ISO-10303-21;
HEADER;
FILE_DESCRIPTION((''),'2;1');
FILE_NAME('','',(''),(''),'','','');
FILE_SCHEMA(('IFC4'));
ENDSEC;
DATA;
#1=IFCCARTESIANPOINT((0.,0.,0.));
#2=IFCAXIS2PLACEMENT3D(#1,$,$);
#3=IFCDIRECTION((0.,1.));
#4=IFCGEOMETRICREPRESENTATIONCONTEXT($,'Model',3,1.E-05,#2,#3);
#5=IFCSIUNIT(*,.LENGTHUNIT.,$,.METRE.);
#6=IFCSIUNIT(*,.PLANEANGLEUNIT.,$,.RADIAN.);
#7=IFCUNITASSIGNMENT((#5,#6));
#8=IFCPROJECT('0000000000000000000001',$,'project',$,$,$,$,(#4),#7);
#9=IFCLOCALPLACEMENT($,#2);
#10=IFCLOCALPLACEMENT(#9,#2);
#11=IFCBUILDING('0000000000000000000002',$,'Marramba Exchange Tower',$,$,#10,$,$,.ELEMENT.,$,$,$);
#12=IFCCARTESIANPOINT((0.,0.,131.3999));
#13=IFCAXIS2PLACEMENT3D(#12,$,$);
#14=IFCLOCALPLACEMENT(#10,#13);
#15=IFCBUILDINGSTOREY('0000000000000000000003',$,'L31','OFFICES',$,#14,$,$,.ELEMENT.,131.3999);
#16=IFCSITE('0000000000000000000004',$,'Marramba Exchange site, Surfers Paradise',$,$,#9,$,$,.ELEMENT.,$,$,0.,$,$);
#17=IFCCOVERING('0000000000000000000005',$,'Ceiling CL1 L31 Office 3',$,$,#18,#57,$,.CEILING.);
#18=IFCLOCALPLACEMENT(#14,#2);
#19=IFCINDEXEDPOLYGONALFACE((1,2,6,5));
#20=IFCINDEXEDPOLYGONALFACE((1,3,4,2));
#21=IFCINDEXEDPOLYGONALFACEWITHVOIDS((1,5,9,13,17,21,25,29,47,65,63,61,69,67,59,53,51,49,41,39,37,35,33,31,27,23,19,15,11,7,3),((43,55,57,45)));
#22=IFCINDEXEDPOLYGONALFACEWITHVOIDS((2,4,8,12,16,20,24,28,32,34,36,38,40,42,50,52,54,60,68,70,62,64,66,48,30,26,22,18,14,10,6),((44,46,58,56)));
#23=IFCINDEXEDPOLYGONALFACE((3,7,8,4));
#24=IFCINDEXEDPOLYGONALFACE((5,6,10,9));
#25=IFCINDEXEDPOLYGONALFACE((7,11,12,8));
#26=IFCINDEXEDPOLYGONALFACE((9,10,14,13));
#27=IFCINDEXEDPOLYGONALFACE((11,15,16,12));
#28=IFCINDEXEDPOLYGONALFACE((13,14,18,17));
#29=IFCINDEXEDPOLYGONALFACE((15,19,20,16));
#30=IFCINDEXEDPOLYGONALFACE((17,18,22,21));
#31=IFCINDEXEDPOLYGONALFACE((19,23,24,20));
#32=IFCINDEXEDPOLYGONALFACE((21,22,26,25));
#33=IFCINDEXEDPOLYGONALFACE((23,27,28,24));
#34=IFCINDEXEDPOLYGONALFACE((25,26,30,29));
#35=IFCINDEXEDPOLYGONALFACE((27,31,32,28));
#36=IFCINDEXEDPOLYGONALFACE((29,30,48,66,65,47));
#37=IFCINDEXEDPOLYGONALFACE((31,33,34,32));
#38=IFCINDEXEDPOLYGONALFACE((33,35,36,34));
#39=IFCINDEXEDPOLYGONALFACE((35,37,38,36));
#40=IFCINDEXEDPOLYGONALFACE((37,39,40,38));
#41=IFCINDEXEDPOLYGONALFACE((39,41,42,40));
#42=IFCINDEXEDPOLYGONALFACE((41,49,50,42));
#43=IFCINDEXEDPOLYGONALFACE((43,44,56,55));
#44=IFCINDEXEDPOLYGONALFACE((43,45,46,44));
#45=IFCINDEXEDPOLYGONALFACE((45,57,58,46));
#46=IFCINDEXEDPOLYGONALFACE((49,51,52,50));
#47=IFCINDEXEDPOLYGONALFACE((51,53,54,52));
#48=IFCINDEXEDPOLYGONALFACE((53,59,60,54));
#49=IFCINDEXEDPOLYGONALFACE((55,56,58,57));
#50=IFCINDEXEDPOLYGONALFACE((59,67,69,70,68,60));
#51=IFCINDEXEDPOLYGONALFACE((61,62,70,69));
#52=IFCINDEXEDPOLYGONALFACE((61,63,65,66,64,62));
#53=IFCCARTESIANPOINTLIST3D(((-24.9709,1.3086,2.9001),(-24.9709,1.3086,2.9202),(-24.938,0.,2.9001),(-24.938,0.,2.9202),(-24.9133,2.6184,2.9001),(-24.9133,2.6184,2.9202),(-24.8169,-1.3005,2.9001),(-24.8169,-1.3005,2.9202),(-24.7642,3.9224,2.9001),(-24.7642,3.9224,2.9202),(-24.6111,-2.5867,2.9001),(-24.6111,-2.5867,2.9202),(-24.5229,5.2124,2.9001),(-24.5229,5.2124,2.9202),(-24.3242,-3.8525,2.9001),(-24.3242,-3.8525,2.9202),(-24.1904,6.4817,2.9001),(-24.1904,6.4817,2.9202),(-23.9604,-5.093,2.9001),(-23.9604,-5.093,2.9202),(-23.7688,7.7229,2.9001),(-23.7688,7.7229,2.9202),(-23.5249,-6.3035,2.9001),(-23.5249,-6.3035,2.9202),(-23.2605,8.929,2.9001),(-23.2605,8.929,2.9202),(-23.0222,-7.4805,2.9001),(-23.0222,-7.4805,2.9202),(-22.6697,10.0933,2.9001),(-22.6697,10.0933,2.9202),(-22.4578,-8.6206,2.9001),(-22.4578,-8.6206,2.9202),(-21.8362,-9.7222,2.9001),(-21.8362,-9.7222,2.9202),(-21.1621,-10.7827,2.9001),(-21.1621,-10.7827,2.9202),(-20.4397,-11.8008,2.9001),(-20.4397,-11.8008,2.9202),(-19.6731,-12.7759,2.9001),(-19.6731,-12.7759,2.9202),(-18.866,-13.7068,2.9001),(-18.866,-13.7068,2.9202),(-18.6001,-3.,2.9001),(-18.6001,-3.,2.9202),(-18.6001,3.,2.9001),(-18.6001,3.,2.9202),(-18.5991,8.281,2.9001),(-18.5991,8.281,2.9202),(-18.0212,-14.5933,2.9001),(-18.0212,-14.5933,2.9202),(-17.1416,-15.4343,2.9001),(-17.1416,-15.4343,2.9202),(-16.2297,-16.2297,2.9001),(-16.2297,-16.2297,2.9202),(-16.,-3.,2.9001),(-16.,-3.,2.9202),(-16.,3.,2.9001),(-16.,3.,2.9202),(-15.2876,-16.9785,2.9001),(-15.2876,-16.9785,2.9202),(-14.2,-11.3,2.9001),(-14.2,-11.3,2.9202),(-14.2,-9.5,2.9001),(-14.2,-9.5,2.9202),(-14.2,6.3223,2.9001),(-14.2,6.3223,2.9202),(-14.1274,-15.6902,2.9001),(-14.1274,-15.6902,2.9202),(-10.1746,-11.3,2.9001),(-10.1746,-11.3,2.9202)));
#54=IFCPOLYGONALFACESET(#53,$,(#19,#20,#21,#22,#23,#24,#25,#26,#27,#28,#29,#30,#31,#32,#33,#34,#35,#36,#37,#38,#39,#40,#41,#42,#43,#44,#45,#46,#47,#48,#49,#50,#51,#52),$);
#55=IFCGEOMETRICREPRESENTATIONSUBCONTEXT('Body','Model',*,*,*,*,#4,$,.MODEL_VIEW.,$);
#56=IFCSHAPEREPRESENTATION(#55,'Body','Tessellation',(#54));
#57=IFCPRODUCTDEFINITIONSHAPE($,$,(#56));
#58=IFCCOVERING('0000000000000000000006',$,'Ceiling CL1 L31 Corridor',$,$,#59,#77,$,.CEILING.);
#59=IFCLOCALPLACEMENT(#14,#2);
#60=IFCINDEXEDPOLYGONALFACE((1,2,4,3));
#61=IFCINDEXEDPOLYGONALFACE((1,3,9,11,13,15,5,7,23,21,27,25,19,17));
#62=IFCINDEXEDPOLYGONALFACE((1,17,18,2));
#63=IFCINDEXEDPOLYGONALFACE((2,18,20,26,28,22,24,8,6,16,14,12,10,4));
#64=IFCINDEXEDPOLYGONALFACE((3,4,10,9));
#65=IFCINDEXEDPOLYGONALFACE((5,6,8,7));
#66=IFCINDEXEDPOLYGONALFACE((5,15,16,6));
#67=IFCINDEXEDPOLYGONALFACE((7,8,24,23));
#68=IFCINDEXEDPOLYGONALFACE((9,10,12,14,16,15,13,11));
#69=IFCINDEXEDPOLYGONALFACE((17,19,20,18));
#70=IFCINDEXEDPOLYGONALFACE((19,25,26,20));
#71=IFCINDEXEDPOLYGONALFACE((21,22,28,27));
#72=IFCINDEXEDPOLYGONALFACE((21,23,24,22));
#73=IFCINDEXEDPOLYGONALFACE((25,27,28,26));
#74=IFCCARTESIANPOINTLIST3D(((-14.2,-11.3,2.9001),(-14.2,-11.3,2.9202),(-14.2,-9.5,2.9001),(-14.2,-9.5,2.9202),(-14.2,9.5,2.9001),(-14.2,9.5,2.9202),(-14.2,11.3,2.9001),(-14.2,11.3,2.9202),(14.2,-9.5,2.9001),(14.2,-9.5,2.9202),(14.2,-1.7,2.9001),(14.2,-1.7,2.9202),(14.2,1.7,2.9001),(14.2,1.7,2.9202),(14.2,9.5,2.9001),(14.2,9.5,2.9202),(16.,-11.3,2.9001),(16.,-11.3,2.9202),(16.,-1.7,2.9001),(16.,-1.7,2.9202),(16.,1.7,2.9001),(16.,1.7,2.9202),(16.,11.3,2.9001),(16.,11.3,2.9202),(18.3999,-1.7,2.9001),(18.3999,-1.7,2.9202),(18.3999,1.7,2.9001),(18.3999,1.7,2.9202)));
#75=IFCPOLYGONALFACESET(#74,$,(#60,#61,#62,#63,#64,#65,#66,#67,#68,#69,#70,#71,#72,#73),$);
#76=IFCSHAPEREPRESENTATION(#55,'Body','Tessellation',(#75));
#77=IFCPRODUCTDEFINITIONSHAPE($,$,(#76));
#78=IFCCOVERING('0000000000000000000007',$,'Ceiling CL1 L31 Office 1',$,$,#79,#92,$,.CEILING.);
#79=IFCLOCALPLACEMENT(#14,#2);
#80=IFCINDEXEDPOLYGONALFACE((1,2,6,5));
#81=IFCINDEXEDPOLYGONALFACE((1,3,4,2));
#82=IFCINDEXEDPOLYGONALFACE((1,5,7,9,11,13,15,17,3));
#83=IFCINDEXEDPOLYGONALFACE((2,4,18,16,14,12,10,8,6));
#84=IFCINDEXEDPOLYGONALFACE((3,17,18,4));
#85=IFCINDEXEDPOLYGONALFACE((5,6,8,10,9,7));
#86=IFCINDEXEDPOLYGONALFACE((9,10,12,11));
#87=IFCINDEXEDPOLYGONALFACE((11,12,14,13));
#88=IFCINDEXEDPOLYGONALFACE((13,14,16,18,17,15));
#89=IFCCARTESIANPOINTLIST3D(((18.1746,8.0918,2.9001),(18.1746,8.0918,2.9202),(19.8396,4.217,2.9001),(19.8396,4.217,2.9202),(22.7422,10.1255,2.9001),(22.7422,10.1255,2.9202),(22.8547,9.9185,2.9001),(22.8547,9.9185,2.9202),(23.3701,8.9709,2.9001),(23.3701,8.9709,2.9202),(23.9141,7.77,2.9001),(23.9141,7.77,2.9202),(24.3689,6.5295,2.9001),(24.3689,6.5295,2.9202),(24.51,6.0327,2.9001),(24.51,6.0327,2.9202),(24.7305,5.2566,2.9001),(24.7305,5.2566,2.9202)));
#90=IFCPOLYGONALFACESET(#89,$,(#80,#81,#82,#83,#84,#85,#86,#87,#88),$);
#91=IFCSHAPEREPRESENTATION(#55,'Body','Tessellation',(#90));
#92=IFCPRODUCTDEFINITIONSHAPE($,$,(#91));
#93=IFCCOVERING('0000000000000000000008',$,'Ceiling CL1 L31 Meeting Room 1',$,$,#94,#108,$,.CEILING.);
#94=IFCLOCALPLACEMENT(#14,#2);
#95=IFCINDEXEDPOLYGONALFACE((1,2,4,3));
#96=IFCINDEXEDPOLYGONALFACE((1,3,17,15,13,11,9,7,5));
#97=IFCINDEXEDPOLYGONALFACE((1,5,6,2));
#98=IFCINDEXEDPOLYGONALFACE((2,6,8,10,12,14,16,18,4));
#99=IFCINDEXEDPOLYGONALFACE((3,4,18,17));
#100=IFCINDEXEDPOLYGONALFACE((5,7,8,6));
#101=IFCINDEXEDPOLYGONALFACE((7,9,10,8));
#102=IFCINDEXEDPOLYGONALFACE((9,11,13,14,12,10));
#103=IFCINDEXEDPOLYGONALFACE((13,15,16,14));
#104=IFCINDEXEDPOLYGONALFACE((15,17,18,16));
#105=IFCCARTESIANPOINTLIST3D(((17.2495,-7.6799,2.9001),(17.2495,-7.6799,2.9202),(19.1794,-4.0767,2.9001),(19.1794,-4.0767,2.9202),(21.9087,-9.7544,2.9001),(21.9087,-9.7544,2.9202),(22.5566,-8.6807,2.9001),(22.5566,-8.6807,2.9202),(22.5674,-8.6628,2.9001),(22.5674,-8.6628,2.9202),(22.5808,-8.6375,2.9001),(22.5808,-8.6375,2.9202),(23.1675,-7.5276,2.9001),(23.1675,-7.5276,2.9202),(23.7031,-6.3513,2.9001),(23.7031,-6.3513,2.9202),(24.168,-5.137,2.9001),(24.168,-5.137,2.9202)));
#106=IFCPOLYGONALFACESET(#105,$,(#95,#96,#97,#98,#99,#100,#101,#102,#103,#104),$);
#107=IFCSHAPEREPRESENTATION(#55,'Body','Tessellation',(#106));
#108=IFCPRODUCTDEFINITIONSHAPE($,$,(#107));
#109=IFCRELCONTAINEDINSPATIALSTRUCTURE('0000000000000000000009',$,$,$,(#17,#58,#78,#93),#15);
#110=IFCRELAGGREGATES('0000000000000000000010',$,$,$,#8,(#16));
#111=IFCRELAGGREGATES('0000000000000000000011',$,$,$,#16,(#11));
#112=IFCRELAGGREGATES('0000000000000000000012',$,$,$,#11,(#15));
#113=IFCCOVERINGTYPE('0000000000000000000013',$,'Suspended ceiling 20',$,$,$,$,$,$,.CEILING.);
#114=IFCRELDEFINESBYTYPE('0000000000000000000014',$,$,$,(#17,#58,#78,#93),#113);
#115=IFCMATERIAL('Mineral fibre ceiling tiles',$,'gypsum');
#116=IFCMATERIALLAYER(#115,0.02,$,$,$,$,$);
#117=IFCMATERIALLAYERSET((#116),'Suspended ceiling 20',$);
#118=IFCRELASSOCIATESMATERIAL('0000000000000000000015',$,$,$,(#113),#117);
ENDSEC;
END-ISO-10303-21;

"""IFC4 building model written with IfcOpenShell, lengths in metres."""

from ifc_helpers import new_model, si_unit, direction, frame, origin, place, context, subcontext, project, spatial, polyline, outline, extrude, material, layer, layer_set, type_object, element, save


model = new_model("IFC4")

# Units and contexts
model_context = context("Model", 3, precision=1e-05, world=origin(), true_north=direction((0.0, 1.0)))
body_context = subcontext(model_context, "Body", "Model", "MODEL_VIEW")
ifc_project = project(units=[si_unit("LENGTHUNIT", "METRE"), si_unit("PLANEANGLEUNIT", "RADIAN")], contexts=[model_context])

# Site, building, storey
site_placement = place(None, origin())
site = spatial("IfcSite", under=ifc_project, at=site_placement, Name="Marramba Exchange site, Surfers Paradise", CompositionType="ELEMENT", RefElevation=0.0)
building_placement = place(site_placement, origin())
building = spatial("IfcBuilding", under=site, at=building_placement, Name="Marramba Exchange Tower", CompositionType="ELEMENT")
storey_placement = place(building_placement, frame((0.0, 0.0, 131.3999)))
storey = spatial("IfcBuildingStorey", under=building, at=storey_placement, Name="L31", Description="OFFICES", CompositionType="ELEMENT", Elevation=131.3999)

# Coverings
ifc_material_1 = material(Name="Mineral fibre ceiling tiles", Category="gypsum")
ifc_layer_1 = layer(ifc_material_1, 0.02)
ifc_layer_set_1 = layer_set([ifc_layer_1], Name="Suspended ceiling 20")
covering_type = type_object("IfcCoveringType", Name="Suspended ceiling 20", PredefinedType="CEILING", material=ifc_layer_set_1)
covering_1_placement = place(storey_placement, frame((0.0, 0.0, 2.9001)))
element("IfcCovering", 1, at=covering_1_placement, inside=storey, type_object=covering_type, Name="Ceiling CL1 L31 Office 3", PredefinedType="CEILING", context=body_context, shape_type="SweptSolid", body=[
    extrude(outline(polyline([(-14.2, -9.5), (-14.2, -11.3), (-10.1746, -11.3), (-14.1274, -15.6902), (-15.2876, -16.9785), (-16.2297, -16.2297), (-17.1416, -15.4343), (-18.0212, -14.5933), (-18.866, -13.7068), (-19.6731, -12.7759), (-20.4397, -11.8008), (-21.1621, -10.7827), (-21.8362, -9.7222), (-22.4578, -8.6206), (-23.0222, -7.4805), (-23.5249, -6.3035), (-23.9604, -5.093), (-24.3242, -3.8525), (-24.6111, -2.5867), (-24.8169, -1.3005), (-24.938, 0.0), (-24.9709, 1.3086), (-24.9133, 2.6184), (-24.7642, 3.9224), (-24.5229, 5.2124), (-24.1904, 6.4817), (-23.7688, 7.7229), (-23.2605, 8.929), (-22.6697, 10.0933), (-18.5991, 8.281), (-14.2, 6.3223), (-14.2, -9.5)]), holes=[polyline([(-16.0, 3.0), (-18.6001, 3.0), (-18.6001, -3.0), (-16.0, -3.0), (-16.0, 3.0)])]), origin(), (0.0, 0.0, 1.0), 0.02),
])
covering_2_placement = place(storey_placement, frame((0.0, 0.0, 2.9001)))
element("IfcCovering", 2, at=covering_2_placement, inside=storey, type_object=covering_type, Name="Ceiling CL1 L31 Corridor", PredefinedType="CEILING", context=body_context, shape_type="SweptSolid", body=[
    extrude(outline(polyline([(18.3999, -1.7), (16.0, -1.7), (16.0, -11.3), (-14.2, -11.3), (-14.2, -9.5), (14.2, -9.5), (14.2, -1.7), (14.2, 1.7), (14.2, 9.5), (-14.2, 9.5), (-14.2, 11.3), (16.0, 11.3), (16.0, 1.7), (18.3999, 1.7), (18.3999, -1.7)])), origin(), (0.0, 0.0, 1.0), 0.02),
])
covering_3_placement = place(storey_placement, frame((0.0, 0.0, 2.9001)))
element("IfcCovering", 3, at=covering_3_placement, inside=storey, type_object=covering_type, Name="Ceiling CL1 L31 Office 1", PredefinedType="CEILING", context=body_context, shape_type="SweptSolid", body=[
    extrude(outline(polyline([(22.8547, 9.9185), (23.3701, 8.9709), (23.9141, 7.77), (24.3689, 6.5295), (24.51, 6.0327), (24.7305, 5.2566), (19.8396, 4.217), (18.1746, 8.0918), (22.7422, 10.1255), (22.8547, 9.9185)])), origin(), (0.0, 0.0, 1.0), 0.02),
])
covering_4_placement = place(storey_placement, frame((0.0, 0.0, 2.9001)))
element("IfcCovering", 4, at=covering_4_placement, inside=storey, type_object=covering_type, Name="Ceiling CL1 L31 Meeting Room 1", PredefinedType="CEILING", context=body_context, shape_type="SweptSolid", body=[
    extrude(outline(polyline([(23.7031, -6.3513), (23.1675, -7.5276), (22.5808, -8.6375), (22.5674, -8.6628), (22.5566, -8.6807), (21.9087, -9.7544), (17.2495, -7.6799), (19.1794, -4.0767), (24.168, -5.137), (23.7031, -6.3513)])), origin(), (0.0, 0.0, 1.0), 0.02),
])

save(model, "model.ifc")
